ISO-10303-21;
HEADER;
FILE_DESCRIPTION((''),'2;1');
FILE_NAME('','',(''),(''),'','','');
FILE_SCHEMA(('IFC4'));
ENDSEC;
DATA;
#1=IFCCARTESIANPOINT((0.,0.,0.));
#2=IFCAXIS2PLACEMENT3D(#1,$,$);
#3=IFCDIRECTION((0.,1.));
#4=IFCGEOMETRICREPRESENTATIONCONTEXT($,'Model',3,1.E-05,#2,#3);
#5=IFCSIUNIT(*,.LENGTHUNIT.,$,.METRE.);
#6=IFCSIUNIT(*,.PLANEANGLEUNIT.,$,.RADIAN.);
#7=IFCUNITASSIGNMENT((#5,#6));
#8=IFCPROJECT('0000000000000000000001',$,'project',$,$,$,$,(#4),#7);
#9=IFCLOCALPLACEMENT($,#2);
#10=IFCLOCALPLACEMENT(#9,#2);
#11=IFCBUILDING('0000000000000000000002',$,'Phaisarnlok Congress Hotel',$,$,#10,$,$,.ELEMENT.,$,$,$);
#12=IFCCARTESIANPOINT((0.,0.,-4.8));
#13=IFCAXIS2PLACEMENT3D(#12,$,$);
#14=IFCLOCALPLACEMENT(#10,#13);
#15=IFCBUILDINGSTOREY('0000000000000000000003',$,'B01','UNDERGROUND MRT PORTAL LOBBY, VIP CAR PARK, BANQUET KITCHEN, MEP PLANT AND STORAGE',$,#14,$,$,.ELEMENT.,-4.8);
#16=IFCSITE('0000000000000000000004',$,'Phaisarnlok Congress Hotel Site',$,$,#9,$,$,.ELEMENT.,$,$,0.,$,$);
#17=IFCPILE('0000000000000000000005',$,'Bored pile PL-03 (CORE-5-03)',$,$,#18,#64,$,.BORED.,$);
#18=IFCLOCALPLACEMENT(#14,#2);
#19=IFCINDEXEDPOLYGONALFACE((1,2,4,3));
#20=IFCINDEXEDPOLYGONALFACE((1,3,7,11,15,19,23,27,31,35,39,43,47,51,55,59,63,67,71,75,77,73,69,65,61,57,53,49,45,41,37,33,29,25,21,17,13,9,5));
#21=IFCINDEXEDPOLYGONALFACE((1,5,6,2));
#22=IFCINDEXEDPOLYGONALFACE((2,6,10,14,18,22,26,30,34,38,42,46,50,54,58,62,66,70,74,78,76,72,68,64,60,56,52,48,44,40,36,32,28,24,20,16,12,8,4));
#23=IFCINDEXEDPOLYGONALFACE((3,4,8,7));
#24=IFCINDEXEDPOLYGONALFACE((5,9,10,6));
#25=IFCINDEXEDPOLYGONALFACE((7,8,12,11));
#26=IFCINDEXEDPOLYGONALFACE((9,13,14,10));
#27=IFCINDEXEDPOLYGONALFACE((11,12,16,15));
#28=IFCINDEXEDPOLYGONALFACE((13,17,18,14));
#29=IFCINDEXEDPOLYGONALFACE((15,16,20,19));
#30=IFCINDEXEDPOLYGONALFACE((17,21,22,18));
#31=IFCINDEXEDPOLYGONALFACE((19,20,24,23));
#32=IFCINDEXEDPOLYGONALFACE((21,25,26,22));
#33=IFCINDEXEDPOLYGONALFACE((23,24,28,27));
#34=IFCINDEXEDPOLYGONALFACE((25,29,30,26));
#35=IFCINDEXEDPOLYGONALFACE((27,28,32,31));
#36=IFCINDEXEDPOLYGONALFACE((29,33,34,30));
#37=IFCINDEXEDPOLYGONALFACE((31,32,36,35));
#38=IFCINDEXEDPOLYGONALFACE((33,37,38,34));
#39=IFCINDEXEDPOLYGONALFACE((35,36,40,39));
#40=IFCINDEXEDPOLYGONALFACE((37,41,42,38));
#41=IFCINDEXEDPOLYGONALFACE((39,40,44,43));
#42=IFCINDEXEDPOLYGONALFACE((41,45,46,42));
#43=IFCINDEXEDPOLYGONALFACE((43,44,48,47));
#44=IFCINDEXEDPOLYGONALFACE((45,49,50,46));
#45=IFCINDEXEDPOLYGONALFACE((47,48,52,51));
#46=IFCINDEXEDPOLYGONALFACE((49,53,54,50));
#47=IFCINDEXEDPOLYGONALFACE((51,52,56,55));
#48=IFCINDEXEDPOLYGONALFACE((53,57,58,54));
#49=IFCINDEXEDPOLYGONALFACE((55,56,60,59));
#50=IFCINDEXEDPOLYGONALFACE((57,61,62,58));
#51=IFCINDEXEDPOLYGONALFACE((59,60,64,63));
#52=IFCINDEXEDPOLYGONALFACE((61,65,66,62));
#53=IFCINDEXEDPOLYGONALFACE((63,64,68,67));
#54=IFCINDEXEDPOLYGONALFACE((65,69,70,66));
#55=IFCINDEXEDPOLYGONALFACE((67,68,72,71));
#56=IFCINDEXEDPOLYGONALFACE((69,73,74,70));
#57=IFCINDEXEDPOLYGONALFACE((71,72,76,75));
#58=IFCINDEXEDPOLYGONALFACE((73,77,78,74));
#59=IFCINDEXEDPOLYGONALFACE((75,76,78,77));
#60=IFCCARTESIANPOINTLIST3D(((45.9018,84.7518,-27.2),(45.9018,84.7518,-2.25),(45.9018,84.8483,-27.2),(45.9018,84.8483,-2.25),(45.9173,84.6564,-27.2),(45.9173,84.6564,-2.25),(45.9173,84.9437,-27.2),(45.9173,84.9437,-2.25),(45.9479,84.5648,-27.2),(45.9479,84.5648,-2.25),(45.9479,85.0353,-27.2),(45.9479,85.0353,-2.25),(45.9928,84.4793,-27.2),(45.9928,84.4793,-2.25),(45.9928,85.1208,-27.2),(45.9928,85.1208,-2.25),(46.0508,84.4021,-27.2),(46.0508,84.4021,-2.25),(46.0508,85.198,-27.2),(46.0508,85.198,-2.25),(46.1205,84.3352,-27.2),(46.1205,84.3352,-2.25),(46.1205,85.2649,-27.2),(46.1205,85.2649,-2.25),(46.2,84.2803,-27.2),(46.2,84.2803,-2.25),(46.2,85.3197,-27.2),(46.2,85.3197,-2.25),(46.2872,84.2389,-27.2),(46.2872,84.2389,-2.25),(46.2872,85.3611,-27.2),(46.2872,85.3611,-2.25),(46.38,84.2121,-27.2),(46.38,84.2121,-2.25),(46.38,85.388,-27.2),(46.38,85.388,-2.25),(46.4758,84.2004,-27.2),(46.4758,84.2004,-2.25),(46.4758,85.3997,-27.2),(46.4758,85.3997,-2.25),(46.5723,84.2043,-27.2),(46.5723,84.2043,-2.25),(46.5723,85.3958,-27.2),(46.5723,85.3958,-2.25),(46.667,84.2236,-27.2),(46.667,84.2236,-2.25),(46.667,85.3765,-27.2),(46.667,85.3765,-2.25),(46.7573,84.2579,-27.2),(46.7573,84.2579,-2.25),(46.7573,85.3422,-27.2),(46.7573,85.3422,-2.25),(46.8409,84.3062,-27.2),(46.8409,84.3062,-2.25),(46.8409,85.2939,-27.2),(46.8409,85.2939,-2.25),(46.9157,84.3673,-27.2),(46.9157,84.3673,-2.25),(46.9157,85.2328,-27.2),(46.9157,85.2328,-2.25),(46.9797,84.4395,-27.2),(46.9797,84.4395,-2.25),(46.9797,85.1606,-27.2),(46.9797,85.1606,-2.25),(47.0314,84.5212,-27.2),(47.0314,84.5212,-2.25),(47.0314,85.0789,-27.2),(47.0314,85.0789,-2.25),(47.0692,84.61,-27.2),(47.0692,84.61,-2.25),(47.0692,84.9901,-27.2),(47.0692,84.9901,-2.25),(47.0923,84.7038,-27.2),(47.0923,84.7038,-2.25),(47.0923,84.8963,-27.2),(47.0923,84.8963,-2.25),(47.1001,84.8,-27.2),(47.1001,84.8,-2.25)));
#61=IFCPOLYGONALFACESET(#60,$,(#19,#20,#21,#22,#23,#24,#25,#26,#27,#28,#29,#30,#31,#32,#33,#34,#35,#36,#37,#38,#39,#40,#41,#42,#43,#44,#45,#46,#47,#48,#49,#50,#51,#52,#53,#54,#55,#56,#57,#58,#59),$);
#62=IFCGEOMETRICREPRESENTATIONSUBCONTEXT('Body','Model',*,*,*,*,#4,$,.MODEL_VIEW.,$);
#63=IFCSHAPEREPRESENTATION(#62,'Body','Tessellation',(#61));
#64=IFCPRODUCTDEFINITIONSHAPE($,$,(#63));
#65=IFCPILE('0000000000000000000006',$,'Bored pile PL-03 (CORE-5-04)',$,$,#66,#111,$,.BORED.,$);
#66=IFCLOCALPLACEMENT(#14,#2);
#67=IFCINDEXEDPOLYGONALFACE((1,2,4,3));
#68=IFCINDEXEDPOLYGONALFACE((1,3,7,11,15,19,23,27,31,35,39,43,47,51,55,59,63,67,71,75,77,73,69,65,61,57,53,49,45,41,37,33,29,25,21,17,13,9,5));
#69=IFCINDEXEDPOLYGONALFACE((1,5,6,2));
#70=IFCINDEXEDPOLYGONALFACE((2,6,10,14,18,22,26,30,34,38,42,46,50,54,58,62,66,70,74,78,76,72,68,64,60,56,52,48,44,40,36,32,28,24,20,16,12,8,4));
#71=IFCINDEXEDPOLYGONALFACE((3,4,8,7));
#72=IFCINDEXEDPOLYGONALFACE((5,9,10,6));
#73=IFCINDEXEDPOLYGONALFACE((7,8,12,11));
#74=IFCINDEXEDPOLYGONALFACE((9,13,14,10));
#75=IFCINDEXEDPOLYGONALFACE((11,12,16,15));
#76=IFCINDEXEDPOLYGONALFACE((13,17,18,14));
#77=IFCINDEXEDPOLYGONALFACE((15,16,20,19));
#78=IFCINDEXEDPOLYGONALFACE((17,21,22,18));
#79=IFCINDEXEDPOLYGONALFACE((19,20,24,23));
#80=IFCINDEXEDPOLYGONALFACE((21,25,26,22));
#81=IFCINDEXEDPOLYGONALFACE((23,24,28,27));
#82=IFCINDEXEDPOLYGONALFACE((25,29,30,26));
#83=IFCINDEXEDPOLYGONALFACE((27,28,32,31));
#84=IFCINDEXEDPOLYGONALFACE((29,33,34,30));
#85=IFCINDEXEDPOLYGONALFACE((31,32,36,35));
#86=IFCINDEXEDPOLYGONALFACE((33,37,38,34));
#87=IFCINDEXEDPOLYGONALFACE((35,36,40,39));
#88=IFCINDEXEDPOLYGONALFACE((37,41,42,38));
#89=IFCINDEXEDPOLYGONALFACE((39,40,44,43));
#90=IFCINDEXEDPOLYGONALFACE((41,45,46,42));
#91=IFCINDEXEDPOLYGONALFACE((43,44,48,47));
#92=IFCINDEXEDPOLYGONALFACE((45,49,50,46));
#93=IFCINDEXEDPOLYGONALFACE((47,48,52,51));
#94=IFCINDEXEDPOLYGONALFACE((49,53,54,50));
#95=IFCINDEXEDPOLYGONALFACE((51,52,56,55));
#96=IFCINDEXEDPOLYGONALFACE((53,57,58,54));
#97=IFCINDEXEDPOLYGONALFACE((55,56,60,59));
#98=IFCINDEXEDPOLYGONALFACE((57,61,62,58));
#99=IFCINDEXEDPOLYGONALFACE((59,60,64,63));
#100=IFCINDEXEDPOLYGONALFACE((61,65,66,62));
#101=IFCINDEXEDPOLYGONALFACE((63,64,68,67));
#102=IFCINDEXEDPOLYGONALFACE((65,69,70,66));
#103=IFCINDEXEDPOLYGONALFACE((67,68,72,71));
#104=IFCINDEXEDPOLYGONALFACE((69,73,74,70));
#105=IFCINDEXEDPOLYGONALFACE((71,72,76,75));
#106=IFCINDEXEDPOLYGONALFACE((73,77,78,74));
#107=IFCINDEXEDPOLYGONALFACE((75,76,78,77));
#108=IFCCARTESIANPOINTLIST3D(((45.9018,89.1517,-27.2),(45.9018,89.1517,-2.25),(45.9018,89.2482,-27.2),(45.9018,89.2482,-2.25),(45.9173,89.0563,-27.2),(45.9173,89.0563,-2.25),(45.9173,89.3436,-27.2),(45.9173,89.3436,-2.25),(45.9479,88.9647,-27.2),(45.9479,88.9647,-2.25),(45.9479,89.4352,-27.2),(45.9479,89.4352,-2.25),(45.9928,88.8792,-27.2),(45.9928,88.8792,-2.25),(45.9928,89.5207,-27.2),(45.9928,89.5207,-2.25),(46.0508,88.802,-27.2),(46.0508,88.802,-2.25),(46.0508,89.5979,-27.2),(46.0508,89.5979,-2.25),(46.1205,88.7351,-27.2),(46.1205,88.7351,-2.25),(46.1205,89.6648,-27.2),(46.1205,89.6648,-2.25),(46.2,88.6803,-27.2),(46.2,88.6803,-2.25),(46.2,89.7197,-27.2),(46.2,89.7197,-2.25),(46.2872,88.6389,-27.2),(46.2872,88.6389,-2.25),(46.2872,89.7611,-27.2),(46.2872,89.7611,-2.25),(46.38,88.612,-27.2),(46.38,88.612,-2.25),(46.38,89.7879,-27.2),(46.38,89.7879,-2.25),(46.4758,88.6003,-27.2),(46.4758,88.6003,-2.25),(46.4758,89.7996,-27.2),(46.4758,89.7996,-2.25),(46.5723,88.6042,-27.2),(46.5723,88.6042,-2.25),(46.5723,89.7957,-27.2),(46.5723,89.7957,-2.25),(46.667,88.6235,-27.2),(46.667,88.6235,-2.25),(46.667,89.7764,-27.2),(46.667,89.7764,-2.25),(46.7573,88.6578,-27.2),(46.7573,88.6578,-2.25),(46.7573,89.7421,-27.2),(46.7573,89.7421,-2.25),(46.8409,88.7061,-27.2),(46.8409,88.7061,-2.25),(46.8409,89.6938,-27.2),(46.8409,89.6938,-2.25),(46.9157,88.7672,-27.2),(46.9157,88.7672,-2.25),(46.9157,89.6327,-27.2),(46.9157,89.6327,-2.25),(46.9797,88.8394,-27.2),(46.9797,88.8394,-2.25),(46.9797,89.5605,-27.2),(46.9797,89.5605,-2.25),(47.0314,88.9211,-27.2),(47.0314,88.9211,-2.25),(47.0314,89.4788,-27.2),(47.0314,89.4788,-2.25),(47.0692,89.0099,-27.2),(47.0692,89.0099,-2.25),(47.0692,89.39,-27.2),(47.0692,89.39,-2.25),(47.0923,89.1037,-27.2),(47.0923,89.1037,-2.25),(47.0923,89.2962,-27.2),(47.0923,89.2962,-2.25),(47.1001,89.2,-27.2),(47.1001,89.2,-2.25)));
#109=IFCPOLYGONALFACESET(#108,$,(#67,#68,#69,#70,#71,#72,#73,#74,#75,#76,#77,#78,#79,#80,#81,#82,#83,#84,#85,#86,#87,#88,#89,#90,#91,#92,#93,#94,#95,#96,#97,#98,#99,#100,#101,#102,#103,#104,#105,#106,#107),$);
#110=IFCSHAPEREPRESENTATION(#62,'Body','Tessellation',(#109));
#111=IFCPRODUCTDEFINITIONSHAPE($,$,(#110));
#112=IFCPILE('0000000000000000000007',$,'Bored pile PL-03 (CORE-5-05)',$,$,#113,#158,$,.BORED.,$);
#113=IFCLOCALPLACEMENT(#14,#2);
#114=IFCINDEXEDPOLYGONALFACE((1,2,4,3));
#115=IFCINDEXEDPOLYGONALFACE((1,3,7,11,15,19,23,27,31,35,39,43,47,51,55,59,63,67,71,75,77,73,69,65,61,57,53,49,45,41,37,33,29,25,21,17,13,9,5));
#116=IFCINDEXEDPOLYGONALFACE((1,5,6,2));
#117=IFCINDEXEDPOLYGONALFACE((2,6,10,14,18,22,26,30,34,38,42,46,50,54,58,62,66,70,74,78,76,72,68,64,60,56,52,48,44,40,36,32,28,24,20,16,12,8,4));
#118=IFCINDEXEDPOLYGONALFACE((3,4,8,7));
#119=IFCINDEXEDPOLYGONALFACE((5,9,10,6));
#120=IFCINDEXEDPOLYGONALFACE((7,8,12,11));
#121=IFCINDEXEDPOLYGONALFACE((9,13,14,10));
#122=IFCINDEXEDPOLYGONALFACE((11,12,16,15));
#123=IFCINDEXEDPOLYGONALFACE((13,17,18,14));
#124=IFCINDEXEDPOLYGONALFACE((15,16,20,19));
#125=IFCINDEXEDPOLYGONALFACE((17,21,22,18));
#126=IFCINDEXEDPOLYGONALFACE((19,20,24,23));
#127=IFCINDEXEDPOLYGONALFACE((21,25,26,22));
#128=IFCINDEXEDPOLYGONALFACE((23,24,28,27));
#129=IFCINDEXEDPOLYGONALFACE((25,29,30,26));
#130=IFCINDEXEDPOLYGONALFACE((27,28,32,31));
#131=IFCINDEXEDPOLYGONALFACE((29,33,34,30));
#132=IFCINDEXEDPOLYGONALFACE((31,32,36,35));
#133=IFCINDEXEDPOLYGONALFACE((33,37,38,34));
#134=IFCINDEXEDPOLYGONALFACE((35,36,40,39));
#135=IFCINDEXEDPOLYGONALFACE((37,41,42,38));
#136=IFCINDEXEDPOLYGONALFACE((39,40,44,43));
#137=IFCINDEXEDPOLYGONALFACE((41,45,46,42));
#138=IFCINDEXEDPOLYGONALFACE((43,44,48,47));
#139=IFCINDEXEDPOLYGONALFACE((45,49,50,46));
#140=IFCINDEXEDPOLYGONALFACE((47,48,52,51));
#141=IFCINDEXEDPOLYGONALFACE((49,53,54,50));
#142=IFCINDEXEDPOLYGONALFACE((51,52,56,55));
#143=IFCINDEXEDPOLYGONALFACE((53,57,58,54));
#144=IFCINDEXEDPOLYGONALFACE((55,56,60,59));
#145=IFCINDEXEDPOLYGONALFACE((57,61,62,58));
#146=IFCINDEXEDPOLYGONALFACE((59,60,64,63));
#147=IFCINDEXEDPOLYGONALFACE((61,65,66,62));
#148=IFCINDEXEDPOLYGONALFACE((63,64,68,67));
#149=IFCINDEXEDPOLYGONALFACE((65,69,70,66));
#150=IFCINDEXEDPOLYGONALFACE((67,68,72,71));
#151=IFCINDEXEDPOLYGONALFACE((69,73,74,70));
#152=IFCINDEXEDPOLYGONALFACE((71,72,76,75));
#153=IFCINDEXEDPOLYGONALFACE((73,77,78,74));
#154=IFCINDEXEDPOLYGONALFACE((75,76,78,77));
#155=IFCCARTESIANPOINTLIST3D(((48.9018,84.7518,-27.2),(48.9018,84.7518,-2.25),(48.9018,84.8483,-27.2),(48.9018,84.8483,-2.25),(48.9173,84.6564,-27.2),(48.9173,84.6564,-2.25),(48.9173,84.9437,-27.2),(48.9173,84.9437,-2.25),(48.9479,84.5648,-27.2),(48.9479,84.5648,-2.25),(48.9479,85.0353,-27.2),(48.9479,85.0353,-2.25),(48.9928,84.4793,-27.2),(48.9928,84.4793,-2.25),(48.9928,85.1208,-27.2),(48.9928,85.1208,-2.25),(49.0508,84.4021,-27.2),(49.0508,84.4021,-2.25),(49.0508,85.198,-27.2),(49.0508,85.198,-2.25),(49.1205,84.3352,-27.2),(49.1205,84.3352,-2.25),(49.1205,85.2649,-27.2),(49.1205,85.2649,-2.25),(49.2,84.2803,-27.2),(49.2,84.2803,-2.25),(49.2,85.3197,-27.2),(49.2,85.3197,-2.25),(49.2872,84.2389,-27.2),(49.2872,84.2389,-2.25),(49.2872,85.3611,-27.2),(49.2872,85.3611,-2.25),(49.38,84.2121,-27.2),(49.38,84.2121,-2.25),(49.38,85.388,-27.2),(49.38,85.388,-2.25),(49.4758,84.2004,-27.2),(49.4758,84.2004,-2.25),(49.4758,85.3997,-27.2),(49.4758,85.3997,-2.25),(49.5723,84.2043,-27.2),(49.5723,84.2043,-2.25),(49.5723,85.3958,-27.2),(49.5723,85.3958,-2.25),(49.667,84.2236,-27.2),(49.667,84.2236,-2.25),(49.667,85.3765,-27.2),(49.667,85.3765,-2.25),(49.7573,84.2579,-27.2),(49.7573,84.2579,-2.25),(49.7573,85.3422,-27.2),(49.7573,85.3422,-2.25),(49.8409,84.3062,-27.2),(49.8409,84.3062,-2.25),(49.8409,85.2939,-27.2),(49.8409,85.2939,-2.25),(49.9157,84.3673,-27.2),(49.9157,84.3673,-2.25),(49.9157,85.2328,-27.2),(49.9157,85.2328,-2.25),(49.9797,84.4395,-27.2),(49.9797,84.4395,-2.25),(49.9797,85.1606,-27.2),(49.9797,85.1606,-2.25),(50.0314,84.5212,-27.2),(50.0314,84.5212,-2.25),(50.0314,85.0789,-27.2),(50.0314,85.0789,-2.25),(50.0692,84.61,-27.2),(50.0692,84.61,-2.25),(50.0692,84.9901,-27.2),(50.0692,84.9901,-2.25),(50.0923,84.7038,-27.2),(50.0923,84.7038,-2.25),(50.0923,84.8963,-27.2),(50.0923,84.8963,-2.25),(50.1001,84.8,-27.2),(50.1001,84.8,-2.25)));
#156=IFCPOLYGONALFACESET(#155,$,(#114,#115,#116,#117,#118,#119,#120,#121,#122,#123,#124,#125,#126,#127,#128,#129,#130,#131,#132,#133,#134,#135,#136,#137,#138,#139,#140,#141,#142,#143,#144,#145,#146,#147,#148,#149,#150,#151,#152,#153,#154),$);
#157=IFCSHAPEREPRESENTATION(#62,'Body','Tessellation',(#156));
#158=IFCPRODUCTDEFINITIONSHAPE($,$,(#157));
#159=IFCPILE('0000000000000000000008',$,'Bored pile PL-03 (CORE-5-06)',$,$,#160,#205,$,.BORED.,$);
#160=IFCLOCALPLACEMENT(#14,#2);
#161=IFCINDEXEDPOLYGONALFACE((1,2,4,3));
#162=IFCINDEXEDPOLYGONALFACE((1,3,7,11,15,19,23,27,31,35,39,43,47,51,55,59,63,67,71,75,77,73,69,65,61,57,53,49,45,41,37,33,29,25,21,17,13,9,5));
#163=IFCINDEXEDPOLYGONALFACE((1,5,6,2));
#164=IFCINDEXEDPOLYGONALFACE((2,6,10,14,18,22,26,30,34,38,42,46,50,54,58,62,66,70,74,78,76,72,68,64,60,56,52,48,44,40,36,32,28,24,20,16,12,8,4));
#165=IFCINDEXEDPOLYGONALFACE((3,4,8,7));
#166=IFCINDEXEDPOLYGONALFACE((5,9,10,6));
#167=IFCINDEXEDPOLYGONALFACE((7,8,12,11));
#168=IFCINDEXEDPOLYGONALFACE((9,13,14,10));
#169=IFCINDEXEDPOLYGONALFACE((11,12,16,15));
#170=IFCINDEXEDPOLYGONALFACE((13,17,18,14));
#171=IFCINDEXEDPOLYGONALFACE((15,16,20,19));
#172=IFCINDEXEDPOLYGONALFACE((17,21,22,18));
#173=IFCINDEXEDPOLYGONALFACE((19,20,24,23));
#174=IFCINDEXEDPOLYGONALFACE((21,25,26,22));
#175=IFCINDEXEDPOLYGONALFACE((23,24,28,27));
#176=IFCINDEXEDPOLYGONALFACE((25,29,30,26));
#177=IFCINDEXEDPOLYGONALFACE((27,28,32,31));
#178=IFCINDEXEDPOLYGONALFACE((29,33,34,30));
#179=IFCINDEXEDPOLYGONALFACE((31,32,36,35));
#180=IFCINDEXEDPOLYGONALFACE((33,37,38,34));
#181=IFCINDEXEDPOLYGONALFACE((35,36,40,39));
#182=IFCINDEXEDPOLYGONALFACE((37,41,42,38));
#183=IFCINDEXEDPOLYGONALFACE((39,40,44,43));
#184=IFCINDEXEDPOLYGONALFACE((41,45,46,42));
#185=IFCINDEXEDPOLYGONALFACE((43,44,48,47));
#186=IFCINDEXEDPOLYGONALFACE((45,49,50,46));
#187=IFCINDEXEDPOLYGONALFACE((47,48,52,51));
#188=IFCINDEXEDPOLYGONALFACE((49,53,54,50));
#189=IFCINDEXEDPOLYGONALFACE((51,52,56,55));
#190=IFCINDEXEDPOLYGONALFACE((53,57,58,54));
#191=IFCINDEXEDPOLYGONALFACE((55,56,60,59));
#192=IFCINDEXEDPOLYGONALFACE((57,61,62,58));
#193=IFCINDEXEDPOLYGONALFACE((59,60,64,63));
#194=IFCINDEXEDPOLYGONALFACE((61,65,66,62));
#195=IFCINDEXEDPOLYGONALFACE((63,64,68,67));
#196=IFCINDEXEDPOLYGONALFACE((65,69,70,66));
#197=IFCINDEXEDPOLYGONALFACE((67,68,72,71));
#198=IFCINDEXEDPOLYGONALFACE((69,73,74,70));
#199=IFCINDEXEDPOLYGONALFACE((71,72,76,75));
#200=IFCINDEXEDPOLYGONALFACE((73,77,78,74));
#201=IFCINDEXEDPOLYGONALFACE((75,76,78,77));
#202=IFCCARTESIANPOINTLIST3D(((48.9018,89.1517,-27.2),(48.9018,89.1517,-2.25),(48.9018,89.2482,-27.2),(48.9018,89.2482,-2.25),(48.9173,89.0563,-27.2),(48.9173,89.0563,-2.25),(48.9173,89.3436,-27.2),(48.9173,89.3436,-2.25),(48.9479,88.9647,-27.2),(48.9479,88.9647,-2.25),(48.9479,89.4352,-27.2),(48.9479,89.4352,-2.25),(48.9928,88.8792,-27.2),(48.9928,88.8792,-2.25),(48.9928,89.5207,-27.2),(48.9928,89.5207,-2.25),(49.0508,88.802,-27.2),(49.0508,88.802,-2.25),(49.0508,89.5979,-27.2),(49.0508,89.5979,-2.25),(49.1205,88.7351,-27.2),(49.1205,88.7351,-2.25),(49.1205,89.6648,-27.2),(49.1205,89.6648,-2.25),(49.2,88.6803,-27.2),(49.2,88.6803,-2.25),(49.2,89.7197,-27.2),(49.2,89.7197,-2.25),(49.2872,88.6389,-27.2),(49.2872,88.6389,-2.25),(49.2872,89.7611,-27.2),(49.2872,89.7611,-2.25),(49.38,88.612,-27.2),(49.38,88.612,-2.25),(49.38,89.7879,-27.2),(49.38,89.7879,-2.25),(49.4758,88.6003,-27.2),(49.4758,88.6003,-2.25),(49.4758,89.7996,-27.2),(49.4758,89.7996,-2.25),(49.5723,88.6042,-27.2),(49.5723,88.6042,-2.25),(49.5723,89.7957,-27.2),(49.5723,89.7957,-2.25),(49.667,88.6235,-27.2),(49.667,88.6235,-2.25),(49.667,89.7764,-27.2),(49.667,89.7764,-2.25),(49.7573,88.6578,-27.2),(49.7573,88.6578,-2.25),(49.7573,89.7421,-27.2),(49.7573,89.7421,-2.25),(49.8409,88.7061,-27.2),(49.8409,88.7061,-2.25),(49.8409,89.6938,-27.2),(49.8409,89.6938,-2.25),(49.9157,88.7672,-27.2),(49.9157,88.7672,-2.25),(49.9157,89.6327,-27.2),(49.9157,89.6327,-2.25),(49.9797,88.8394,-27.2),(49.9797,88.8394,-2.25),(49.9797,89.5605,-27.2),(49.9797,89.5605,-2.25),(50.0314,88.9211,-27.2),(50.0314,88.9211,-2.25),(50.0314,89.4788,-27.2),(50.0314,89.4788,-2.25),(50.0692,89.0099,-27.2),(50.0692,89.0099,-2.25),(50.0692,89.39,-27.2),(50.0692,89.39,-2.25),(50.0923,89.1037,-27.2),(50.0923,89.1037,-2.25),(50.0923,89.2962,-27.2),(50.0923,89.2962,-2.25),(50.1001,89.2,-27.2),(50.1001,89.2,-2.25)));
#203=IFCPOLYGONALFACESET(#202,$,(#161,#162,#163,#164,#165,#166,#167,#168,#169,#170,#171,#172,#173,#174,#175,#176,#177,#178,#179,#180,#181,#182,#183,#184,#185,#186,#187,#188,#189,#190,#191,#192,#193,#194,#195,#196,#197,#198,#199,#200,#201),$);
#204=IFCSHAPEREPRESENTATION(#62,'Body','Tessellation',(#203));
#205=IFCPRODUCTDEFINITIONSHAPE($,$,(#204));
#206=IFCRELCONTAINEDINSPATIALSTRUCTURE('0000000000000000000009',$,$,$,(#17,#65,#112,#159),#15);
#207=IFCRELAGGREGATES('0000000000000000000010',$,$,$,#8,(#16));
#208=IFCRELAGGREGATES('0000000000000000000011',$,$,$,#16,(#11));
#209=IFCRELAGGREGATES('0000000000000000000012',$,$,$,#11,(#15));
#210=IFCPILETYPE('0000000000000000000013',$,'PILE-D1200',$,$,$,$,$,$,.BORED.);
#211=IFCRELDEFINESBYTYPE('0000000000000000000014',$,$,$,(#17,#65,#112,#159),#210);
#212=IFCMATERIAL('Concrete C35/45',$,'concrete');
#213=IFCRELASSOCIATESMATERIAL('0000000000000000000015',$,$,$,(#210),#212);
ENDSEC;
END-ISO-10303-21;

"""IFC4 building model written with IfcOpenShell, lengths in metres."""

from ifc_helpers import new_model, si_unit, direction, frame, origin, origin_2d, place, context, subcontext, project, spatial, circle, extrude, material, material_profile, profile_set, type_object, element, save


model = new_model("IFC4")

# Units and contexts
model_context = context("Model", 3, precision=1e-05, world=origin(), true_north=direction((0.0, 1.0)))
body_context = subcontext(model_context, "Body", "Model", "MODEL_VIEW")
ifc_project = project(units=[si_unit("LENGTHUNIT", "METRE"), si_unit("PLANEANGLEUNIT", "RADIAN")], contexts=[model_context])

# Site, building, storey
site_placement = place(None, origin())
site = spatial("IfcSite", under=ifc_project, at=site_placement, Name="Phaisarnlok Congress Hotel Site", CompositionType="ELEMENT", RefElevation=0.0)
building_placement = place(site_placement, origin())
building = spatial("IfcBuilding", under=site, at=building_placement, Name="Phaisarnlok Congress Hotel", CompositionType="ELEMENT")
storey_placement = place(building_placement, frame((0.0, 0.0, -4.8)))
storey = spatial("IfcBuildingStorey", under=building, at=storey_placement, Name="B01", Description="UNDERGROUND MRT PORTAL LOBBY, VIP CAR PARK, BANQUET KITCHEN, MEP PLANT AND STORAGE", CompositionType="ELEMENT", Elevation=-4.8)

# Piles
ifc_material_1 = material(Name="Concrete C35/45", Category="concrete")
ifc_material_profile_1 = material_profile(ifc_material_1, circle(Radius=0.6001, at=origin_2d()), Name="BORED PILE D1200")
ifc_profile_set_1 = profile_set([ifc_material_profile_1], Name="Concrete C35/45")
pile_type_1 = type_object("IfcPileType", Name="PILE-D1200", PredefinedType="BORED", material=ifc_profile_set_1)
for number, where, z_axis, x_axis, name in (
    (1, (46.5, 84.8, -2.25), (0.0, 0.0, -1.0), (1.0, 0.0, 0.0), "Bored pile PL-03 (CORE-5-03)"),
    (2, (46.5, 89.2, -2.25), (0.0, 0.0, -1.0), (1.0, 0.0, 0.0), "Bored pile PL-03 (CORE-5-04)"),
    (3, (49.5, 84.8, -2.25), (0.0, 0.0, -1.0), (1.0, 0.0, 0.0), "Bored pile PL-03 (CORE-5-05)"),
    (4, (49.5, 89.2, -2.25), (0.0, 0.0, -1.0), (1.0, 0.0, 0.0), "Bored pile PL-03 (CORE-5-06)"),
):
    element("IfcPile", number, at=place(storey_placement, frame(where, z_axis=z_axis, x_axis=x_axis)), inside=storey, type_object=pile_type_1, Name=name, PredefinedType="BORED", context=body_context, shape_type="SweptSolid", body=[
        extrude(circle(Radius=0.6001, at=origin_2d()), origin(), (0.0, 0.0, 1.0), 24.95),
    ])

save(model, "model.ifc")
